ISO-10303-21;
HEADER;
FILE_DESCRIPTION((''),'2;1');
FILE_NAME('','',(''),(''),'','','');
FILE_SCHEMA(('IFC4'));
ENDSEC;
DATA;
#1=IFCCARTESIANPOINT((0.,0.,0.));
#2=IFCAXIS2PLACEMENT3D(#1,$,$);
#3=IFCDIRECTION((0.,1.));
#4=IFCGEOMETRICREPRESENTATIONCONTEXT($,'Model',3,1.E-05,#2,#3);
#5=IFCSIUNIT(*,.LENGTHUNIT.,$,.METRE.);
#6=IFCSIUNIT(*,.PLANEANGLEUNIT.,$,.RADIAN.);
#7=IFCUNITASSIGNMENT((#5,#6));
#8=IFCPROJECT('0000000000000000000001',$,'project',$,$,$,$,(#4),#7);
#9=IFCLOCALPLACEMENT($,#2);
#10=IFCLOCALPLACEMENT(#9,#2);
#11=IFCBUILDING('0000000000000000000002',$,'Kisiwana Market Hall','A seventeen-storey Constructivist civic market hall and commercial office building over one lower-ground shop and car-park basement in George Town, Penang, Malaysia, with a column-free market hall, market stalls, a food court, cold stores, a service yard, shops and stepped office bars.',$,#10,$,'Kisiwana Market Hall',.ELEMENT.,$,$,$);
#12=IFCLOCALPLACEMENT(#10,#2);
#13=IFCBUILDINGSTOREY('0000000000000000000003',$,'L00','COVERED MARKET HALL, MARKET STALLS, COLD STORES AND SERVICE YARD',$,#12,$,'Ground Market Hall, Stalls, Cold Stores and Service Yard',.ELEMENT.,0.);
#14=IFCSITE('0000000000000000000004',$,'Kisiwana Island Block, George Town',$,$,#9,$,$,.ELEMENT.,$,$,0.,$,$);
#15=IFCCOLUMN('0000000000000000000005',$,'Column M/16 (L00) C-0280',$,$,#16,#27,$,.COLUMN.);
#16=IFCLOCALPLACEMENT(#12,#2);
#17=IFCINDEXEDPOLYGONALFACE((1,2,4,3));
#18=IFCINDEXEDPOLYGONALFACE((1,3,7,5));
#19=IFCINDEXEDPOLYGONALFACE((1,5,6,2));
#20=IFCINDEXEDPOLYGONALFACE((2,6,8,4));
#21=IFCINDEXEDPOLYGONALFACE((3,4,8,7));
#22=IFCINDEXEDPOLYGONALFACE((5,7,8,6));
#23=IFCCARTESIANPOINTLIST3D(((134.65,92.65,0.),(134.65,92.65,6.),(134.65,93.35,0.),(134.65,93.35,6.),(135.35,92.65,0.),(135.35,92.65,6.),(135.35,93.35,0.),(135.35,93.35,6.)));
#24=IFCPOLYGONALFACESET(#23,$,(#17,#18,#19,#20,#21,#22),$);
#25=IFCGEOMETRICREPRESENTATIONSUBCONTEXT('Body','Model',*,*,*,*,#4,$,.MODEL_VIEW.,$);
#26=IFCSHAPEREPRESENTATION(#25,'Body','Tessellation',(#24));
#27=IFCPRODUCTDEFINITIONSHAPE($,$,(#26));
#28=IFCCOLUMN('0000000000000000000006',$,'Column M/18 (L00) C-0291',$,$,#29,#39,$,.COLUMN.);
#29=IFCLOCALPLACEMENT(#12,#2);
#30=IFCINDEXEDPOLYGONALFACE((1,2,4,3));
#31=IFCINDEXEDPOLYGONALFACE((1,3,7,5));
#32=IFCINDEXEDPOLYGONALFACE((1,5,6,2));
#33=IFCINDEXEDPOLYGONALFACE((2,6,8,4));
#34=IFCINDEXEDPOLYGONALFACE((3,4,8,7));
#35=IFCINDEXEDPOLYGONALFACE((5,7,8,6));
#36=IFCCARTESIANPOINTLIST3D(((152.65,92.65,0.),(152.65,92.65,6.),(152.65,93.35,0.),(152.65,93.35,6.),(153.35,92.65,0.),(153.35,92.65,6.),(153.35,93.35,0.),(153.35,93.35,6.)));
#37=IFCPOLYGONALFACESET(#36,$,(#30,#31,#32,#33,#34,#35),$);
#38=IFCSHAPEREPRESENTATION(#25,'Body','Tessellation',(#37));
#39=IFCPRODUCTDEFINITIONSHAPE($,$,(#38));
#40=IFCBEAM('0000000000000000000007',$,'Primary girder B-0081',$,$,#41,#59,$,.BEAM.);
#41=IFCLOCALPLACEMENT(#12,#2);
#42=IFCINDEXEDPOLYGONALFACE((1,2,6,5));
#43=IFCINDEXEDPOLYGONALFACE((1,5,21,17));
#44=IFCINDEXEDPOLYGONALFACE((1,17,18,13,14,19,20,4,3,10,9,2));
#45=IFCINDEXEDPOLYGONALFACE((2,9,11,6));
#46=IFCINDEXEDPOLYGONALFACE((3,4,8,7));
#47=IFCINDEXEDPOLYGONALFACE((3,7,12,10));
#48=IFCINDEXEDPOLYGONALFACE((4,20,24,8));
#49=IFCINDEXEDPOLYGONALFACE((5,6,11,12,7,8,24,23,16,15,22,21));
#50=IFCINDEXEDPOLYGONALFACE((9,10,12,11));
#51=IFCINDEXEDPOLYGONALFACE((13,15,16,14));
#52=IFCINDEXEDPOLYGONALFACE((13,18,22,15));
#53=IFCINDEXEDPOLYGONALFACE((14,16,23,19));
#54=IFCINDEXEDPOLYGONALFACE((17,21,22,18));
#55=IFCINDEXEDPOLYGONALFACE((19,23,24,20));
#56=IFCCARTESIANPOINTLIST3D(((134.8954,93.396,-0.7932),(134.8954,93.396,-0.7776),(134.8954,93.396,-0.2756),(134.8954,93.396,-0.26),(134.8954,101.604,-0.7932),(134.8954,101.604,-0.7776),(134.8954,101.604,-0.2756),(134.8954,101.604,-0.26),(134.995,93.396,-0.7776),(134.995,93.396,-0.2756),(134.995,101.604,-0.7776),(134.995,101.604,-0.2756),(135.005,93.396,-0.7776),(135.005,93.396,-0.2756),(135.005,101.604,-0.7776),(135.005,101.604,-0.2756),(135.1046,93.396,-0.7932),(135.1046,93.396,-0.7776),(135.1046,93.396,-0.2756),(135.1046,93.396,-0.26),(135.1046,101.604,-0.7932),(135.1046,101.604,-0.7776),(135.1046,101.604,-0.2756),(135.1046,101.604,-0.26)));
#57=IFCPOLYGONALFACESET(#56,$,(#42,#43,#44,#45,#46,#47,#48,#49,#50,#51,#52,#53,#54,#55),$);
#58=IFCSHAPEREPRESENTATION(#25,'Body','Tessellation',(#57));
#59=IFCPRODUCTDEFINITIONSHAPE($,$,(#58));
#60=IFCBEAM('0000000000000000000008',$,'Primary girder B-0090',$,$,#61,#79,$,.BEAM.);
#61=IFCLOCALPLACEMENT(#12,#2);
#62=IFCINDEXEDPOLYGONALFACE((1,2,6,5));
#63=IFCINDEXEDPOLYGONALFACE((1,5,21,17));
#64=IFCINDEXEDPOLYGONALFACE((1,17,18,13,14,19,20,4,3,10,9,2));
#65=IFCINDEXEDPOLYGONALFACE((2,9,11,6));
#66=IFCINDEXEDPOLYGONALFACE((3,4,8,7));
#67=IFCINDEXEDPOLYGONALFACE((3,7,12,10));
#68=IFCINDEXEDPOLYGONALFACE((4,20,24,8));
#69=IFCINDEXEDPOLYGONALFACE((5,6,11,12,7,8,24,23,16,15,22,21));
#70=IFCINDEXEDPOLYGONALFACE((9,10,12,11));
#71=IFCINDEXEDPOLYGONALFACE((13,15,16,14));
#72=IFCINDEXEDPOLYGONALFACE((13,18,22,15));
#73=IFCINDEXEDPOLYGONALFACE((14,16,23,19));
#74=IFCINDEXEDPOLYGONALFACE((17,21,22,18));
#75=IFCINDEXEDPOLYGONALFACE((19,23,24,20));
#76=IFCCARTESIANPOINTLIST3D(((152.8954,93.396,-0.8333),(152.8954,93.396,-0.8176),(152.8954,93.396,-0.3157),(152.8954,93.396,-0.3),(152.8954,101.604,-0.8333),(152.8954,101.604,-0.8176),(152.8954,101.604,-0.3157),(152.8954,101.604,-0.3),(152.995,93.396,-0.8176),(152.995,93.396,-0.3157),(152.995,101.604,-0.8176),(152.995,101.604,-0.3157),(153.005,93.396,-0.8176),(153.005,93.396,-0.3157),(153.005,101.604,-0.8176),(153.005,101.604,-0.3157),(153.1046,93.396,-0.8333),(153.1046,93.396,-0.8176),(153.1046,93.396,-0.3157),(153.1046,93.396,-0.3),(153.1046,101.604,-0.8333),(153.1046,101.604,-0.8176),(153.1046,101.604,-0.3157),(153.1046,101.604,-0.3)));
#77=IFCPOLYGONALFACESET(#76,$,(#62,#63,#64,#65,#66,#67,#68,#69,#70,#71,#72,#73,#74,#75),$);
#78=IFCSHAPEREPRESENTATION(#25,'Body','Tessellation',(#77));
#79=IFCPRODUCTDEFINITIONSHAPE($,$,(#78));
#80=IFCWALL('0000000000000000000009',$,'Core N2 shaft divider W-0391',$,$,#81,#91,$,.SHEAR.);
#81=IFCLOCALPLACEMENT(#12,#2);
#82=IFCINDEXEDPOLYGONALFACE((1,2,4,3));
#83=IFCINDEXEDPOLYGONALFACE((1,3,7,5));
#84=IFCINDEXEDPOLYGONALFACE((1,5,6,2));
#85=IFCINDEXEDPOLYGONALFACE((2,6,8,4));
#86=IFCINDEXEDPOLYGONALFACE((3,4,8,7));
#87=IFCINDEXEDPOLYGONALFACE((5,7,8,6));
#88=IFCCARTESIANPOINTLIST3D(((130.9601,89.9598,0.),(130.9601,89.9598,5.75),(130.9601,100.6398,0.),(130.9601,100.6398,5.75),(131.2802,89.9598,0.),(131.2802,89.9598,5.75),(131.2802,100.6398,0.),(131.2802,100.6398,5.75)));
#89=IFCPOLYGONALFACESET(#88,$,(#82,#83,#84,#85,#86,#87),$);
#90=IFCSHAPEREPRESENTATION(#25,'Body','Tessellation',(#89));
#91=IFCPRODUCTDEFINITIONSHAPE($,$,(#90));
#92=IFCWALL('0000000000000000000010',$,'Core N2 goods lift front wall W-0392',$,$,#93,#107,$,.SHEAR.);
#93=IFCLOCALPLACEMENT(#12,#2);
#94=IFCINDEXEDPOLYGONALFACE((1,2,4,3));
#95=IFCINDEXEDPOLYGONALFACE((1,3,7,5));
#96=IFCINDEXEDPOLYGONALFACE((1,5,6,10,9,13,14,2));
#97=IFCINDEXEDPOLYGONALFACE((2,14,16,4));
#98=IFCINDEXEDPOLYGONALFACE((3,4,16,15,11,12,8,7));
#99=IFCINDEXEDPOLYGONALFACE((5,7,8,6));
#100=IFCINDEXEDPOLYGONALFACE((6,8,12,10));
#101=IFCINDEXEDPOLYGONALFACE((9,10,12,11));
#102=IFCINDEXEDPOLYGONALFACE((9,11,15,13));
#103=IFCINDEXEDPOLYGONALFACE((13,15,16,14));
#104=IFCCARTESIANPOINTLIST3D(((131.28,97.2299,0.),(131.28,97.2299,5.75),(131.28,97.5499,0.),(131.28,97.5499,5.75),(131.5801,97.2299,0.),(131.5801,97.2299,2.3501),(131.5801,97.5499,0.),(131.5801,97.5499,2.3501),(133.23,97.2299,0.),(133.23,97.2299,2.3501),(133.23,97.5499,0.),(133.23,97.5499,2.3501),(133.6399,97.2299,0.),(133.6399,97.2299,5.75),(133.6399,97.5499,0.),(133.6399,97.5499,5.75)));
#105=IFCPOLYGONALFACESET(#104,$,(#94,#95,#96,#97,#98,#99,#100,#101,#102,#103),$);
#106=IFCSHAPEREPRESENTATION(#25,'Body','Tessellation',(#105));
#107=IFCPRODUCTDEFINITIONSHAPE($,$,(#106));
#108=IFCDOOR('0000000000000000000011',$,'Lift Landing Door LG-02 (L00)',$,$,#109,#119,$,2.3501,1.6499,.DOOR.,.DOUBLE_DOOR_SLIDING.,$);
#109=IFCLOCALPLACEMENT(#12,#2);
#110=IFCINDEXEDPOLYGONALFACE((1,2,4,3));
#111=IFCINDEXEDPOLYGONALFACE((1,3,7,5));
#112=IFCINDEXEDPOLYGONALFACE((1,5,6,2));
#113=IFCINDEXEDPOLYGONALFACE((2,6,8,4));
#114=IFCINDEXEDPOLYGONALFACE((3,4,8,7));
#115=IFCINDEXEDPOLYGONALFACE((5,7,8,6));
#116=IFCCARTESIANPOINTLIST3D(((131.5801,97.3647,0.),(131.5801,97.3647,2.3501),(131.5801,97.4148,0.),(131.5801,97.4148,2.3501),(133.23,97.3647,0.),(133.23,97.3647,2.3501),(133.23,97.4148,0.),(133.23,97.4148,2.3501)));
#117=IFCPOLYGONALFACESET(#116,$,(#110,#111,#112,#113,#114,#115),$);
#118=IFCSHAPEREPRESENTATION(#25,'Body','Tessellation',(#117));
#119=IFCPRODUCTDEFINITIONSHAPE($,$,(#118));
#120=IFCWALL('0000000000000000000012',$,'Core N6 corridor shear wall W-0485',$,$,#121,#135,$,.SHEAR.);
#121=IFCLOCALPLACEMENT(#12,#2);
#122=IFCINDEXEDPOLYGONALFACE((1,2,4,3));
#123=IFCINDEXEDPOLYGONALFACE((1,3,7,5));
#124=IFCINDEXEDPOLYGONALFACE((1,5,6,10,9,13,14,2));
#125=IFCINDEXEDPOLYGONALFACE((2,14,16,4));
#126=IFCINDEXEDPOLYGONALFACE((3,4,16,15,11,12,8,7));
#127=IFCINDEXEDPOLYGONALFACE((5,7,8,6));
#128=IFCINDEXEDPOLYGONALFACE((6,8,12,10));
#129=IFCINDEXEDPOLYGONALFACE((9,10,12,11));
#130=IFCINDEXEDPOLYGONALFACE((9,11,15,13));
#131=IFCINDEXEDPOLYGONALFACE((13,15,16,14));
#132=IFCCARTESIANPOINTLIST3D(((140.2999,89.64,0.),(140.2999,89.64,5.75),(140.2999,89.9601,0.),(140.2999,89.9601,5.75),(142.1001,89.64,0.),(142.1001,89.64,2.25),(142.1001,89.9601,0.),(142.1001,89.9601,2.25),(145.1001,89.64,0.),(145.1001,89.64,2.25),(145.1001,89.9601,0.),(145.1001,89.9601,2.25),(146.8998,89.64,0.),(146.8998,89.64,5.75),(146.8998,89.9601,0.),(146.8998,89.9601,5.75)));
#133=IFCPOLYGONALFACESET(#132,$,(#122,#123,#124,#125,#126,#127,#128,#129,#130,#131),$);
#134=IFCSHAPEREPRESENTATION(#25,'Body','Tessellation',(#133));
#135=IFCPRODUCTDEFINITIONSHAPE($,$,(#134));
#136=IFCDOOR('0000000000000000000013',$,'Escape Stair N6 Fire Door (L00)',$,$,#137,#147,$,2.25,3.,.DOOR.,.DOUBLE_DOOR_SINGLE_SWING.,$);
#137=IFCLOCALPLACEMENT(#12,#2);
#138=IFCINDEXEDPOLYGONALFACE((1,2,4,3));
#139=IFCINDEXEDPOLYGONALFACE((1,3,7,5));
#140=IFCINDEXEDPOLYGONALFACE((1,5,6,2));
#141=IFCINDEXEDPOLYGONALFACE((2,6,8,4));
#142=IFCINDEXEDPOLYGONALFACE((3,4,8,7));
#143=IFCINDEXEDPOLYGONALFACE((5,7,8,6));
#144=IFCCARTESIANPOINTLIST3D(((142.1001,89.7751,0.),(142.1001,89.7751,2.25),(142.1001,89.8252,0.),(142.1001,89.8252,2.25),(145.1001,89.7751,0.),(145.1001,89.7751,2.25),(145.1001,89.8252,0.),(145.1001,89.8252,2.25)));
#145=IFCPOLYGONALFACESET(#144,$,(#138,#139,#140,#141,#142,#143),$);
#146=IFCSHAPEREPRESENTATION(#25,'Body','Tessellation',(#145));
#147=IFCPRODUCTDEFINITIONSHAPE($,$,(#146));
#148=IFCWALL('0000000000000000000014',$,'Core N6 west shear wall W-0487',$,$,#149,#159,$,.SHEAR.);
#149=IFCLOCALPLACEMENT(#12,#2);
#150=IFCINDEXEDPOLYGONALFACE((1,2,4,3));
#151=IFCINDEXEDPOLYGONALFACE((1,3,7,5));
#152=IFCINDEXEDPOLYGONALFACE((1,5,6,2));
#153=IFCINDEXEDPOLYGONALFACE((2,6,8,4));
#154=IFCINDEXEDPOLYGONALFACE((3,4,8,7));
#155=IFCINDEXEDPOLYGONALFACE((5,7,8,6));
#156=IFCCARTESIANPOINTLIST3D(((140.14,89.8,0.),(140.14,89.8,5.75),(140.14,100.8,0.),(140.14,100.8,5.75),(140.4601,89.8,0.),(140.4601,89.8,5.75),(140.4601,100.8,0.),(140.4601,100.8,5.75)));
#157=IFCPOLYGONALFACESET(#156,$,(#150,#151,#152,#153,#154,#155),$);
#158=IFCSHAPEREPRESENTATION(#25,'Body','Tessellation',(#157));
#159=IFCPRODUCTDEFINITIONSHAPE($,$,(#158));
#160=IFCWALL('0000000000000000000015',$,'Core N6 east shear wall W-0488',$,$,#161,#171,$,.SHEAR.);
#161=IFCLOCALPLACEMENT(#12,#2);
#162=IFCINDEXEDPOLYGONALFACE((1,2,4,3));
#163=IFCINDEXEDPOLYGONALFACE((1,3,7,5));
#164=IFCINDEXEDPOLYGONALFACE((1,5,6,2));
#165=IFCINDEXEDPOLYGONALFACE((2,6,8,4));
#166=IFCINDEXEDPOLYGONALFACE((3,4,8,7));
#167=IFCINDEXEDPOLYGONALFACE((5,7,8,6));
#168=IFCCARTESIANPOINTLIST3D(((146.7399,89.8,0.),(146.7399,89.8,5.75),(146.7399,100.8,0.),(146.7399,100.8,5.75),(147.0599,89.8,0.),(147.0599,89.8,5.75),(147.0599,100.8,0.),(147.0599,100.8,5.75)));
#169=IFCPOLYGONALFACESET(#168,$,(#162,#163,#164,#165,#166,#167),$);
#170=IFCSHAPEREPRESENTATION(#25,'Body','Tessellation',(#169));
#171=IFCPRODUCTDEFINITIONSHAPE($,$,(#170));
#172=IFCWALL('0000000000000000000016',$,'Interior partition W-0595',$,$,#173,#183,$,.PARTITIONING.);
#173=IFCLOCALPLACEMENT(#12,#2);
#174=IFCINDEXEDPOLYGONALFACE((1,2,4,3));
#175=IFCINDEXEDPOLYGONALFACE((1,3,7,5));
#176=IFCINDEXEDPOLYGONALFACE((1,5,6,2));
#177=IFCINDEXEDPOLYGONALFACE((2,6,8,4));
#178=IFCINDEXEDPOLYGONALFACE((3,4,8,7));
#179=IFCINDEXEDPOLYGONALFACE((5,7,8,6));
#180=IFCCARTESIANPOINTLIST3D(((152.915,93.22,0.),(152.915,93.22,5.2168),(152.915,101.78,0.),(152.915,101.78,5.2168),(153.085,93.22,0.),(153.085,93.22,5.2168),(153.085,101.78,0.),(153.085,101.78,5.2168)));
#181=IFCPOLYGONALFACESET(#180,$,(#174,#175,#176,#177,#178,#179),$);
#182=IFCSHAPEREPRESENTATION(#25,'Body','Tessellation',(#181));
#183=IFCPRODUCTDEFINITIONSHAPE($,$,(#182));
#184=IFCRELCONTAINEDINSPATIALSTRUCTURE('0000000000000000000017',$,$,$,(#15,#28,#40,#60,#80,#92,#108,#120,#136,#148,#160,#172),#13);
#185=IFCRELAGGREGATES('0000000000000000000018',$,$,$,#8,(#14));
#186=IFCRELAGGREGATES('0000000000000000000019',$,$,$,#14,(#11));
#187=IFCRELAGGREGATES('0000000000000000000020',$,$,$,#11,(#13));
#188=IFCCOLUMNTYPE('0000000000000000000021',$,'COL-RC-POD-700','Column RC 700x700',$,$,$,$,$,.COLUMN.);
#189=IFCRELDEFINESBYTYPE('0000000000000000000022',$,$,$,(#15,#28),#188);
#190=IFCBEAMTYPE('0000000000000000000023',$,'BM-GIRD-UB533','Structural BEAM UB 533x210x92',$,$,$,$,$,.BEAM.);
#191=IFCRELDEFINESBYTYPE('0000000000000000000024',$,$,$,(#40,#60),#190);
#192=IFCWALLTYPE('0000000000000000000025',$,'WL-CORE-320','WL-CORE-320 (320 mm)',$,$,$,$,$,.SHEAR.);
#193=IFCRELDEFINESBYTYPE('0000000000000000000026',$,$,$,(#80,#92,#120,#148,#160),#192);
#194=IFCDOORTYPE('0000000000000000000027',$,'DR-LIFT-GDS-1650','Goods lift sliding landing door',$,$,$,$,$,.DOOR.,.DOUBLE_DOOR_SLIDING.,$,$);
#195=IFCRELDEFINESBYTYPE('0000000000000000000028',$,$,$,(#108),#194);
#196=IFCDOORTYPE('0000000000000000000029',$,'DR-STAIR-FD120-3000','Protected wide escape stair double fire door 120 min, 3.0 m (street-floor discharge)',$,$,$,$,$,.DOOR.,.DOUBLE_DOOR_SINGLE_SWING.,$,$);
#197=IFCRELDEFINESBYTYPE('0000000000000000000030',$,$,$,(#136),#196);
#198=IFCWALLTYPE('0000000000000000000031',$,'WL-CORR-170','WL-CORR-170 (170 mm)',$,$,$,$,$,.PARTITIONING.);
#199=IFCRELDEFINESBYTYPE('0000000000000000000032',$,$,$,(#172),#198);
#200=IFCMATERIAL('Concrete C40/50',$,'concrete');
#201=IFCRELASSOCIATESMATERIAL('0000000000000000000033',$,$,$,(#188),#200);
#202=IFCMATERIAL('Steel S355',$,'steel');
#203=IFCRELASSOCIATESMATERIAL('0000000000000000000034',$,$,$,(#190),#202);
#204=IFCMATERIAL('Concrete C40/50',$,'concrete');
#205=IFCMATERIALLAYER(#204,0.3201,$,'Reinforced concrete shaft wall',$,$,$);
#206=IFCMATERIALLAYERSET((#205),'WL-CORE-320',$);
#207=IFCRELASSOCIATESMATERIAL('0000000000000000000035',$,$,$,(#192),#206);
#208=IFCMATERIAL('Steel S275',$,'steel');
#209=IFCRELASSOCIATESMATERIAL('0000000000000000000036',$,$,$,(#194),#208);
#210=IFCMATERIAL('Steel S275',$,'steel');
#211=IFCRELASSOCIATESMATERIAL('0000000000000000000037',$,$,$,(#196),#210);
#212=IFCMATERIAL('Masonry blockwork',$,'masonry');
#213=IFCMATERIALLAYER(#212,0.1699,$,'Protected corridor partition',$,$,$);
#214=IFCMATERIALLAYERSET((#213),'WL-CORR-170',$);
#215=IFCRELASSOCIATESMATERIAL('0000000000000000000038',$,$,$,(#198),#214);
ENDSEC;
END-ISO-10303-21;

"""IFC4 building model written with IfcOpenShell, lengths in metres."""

from ifc_helpers import new_model, si_unit, direction, frame, frame_2d, origin, origin_2d, place, context, subcontext, project, spatial, rectangle, i_section, extrude, material, layer, layer_set, material_profile, profile_set, type_object, element, fill, save


model = new_model("IFC4")

# Units and contexts
model_context = context("Model", 3, precision=1e-05, world=origin(), true_north=direction((0.0, 1.0)))
body_context = subcontext(model_context, "Body", "Model", "MODEL_VIEW")
ifc_project = project(units=[si_unit("LENGTHUNIT", "METRE"), si_unit("PLANEANGLEUNIT", "RADIAN")], contexts=[model_context])

# Site, building, storey
site_placement = place(None, origin())
site = spatial("IfcSite", under=ifc_project, at=site_placement, Name="Kisiwana Island Block, George Town", CompositionType="ELEMENT", RefElevation=0.0)
building_placement = place(site_placement, origin())
building = spatial("IfcBuilding", under=site, at=building_placement, Name="Kisiwana Market Hall", Description="A seventeen-storey Constructivist civic market hall and commercial office building over one lower-ground shop and car-park basement in George Town, Penang, Malaysia, with a column-free market hall, market stalls, a food court, cold stores, a service yard, shops and stepped office bars.", LongName="Kisiwana Market Hall", CompositionType="ELEMENT")
storey_placement = place(building_placement, origin())
storey = spatial("IfcBuildingStorey", under=building, at=storey_placement, Name="L00", Description="COVERED MARKET HALL, MARKET STALLS, COLD STORES AND SERVICE YARD", LongName="Ground Market Hall, Stalls, Cold Stores and Service Yard", CompositionType="ELEMENT", Elevation=0.0)

# Columns
ifc_material_1 = material(Name="Concrete C40/50", Category="concrete")
ifc_material_profile_1 = material_profile(ifc_material_1, rectangle(XDim=0.7, YDim=0.7, at=origin_2d()), Name="RC 700x700")
ifc_profile_set_1 = profile_set([ifc_material_profile_1], Name="Concrete C40/50")
column_type = type_object("IfcColumnType", Name="COL-RC-POD-700", Description="Column RC 700x700", PredefinedType="COLUMN", material=ifc_profile_set_1)
for number, where, z_axis, x_axis, name in (
    (1, (135.0, 93.0, 0.0), (0.0, 0.0, 1.0), (1.0, 0.0, 0.0), "Column M/16 (L00) C-0280"),
    (2, (153.0, 93.0, 0.0), (0.0, 0.0, 1.0), (1.0, 0.0, 0.0), "Column M/18 (L00) C-0291"),
):
    element("IfcColumn", number, at=place(storey_placement, frame(where, z_axis=z_axis, x_axis=x_axis)), inside=storey, type_object=column_type, Name=name, PredefinedType="COLUMN", context=body_context, shape_type="SweptSolid", body=[
        extrude(rectangle(XDim=0.7, YDim=0.7, at=origin_2d()), origin(), (0.0, 0.0, 1.0), 6.0),
    ])

# Beams
ifc_material_2 = material(Name="Steel S355", Category="steel")
ifc_material_profile_2 = material_profile(ifc_material_2, i_section(OverallWidth=0.2092, OverallDepth=0.5332, WebThickness=0.01, FlangeThickness=0.0156, at=origin_2d()), Name="UB 533x210x92")
ifc_profile_set_2 = profile_set([ifc_material_profile_2], Name="Steel S355")
beam_type = type_object("IfcBeamType", Name="BM-GIRD-UB533", Description="Structural BEAM UB 533x210x92", PredefinedType="BEAM", material=ifc_profile_set_2)
for number, where, z_axis, x_axis, name in (
    (3, (135.0, 93.396, -0.5266), (0.0, 1.0, 0.0), (-1.0, 0.0, 0.0), "Primary girder B-0081"),
    (4, (153.0, 93.396, -0.5667), (0.0, 1.0, 0.0), (-1.0, 0.0, 0.0), "Primary girder B-0090"),
):
    element("IfcBeam", number, at=place(storey_placement, frame(where, z_axis=z_axis, x_axis=x_axis)), inside=storey, type_object=beam_type, Name=name, PredefinedType="BEAM", context=body_context, shape_type="SweptSolid", body=[
        extrude(i_section(OverallWidth=0.2092, OverallDepth=0.5332, WebThickness=0.01, FlangeThickness=0.0156, at=origin_2d()), origin(), (0.0, 0.0, 1.0), 8.208),
    ])

# Wall
ifc_material_3 = material(Name="Concrete C40/50", Category="concrete")
ifc_layer_1 = layer(ifc_material_3, 0.3201, Name="Reinforced concrete shaft wall")
ifc_layer_set_1 = layer_set([ifc_layer_1], Name="WL-CORE-320")
wall_type_1 = type_object("IfcWallType", Name="WL-CORE-320", Description="WL-CORE-320 (320 mm)", PredefinedType="SHEAR", material=ifc_layer_set_1)
wall_1_placement = place(storey_placement, frame((131.1201, 89.96, 0.0), z_axis=(0.0, 0.0, 1.0), x_axis=(0.0, 1.0, 0.0)))
element("IfcWall", 5, at=wall_1_placement, inside=storey, type_object=wall_type_1, Name="Core N2 shaft divider W-0391", PredefinedType="SHEAR", context=body_context, shape_type="SweptSolid", body=[
    extrude(rectangle(XDim=10.6799, YDim=0.3201, at=frame_2d((5.3398, 0.0))), origin(), (0.0, 0.0, 1.0), 5.75),
])

# Walls, openings, doors
wall_2_placement = place(storey_placement, frame((131.28, 97.3899, 0.0), z_axis=(0.0, 0.0, 1.0), x_axis=(1.0, 0.0, 0.0)))
wall_2 = element("IfcWall", 6, at=wall_2_placement, inside=storey, type_object=wall_type_1, Name="Core N2 goods lift front wall W-0392", PredefinedType="SHEAR", context=body_context, shape_type="SweptSolid", body=[
    extrude(rectangle(XDim=2.3599, YDim=0.3201, at=frame_2d((1.1799, 0.0))), origin(), (0.0, 0.0, 1.0), 5.75),
])
opening_1_placement = place(wall_2_placement, frame((0.3, 0.0, 0.0)))
opening_1 = element("IfcOpeningElement", 7, at=opening_1_placement, cuts=wall_2, PredefinedType="OPENING", context=body_context, shape_type="SweptSolid", body=[
    extrude(rectangle(XDim=1.6499, YDim=2.3501, at=frame_2d((0.825, 1.175))), frame((0.0, 0.1719, 0.0), z_axis=(0.0, -1.0, 0.0), x_axis=(1.0, 0.0, 0.0)), (0.0, 0.0, 1.0), 0.344),
])
ifc_material_4 = material(Name="Steel S275", Category="steel")
door_type_1 = type_object("IfcDoorType", Name="DR-LIFT-GDS-1650", Description="Goods lift sliding landing door", OperationType="DOUBLE_DOOR_SLIDING", PredefinedType="DOOR", material=ifc_material_4)
door_1_placement = place(opening_1_placement, origin())
door_1 = element("IfcDoor", 8, at=door_1_placement, inside=storey, type_object=door_type_1, Name="Lift Landing Door LG-02 (L00)", OperationType="DOUBLE_DOOR_SLIDING", OverallHeight=2.3501, OverallWidth=1.6499, PredefinedType="DOOR", context=body_context, shape_type="SweptSolid", body=[
    extrude(rectangle(XDim=1.6499, YDim=2.3501, at=frame_2d((0.825, 1.175))), frame((0.0, 0.0249, 0.0), z_axis=(0.0, -1.0, 0.0), x_axis=(1.0, 0.0, 0.0)), (0.0, 0.0, 1.0), 0.05),
])
fill(opening_1, door_1)
wall_3_placement = place(storey_placement, frame((140.3, 89.8, 0.0), z_axis=(0.0, 0.0, 1.0), x_axis=(1.0, 0.0, 0.0)))
wall_3 = element("IfcWall", 9, at=wall_3_placement, inside=storey, type_object=wall_type_1, Name="Core N6 corridor shear wall W-0485", PredefinedType="SHEAR", context=body_context, shape_type="SweptSolid", body=[
    extrude(rectangle(XDim=6.5999, YDim=0.3201, at=frame_2d((3.2998, 0.0))), origin(), (0.0, 0.0, 1.0), 5.75),
])
opening_2_placement = place(wall_3_placement, frame((1.8, 0.0, 0.0)))
opening_2 = element("IfcOpeningElement", 10, at=opening_2_placement, cuts=wall_3, PredefinedType="OPENING", context=body_context, shape_type="SweptSolid", body=[
    extrude(rectangle(XDim=3.0, YDim=2.25, at=frame_2d((1.5, 1.125))), frame((0.0, 0.1719, 0.0), z_axis=(0.0, -1.0, 0.0), x_axis=(1.0, 0.0, 0.0)), (0.0, 0.0, 1.0), 0.344),
])
ifc_material_5 = material(Name="Steel S275", Category="steel")
door_type_2 = type_object("IfcDoorType", Name="DR-STAIR-FD120-3000", Description="Protected wide escape stair double fire door 120 min, 3.0 m (street-floor discharge)", OperationType="DOUBLE_DOOR_SINGLE_SWING", PredefinedType="DOOR", material=ifc_material_5)
door_2_placement = place(opening_2_placement, frame((3.0, 0.0, 0.0), z_axis=(0.0, 0.0, 1.0), x_axis=(-1.0, 0.0, 0.0)))
door_2 = element("IfcDoor", 11, at=door_2_placement, inside=storey, type_object=door_type_2, Name="Escape Stair N6 Fire Door (L00)", OperationType="DOUBLE_DOOR_SINGLE_SWING", OverallHeight=2.25, OverallWidth=3.0, PredefinedType="DOOR", context=body_context, shape_type="SweptSolid", body=[
    extrude(rectangle(XDim=3.0, YDim=2.25, at=frame_2d((1.5, 1.125))), frame((0.0, 0.0249, 0.0), z_axis=(0.0, -1.0, 0.0), x_axis=(1.0, 0.0, 0.0)), (0.0, 0.0, 1.0), 0.05),
])
fill(opening_2, door_2)

# Walls
for number, where, z_axis, x_axis, name in (
    (12, (140.3, 89.8, 0.0), (0.0, 0.0, 1.0), (0.0, 1.0, 0.0), "Core N6 west shear wall W-0487"),
    (13, (146.8999, 89.8, 0.0), (0.0, 0.0, 1.0), (0.0, 1.0, 0.0), "Core N6 east shear wall W-0488"),
):
    element("IfcWall", number, at=place(storey_placement, frame(where, z_axis=z_axis, x_axis=x_axis)), inside=storey, type_object=wall_type_1, Name=name, PredefinedType="SHEAR", context=body_context, shape_type="SweptSolid", body=[
        extrude(rectangle(XDim=11.0, YDim=0.3201, at=frame_2d((5.5, 0.0))), origin(), (0.0, 0.0, 1.0), 5.75),
    ])
ifc_material_6 = material(Name="Masonry blockwork", Category="masonry")
ifc_layer_2 = layer(ifc_material_6, 0.1699, Name="Protected corridor partition")
ifc_layer_set_2 = layer_set([ifc_layer_2], Name="WL-CORR-170")
wall_type_2 = type_object("IfcWallType", Name="WL-CORR-170", Description="WL-CORR-170 (170 mm)", PredefinedType="PARTITIONING", material=ifc_layer_set_2)
wall_4_placement = place(storey_placement, frame((153.0, 93.22, 0.0), z_axis=(0.0, 0.0, 1.0), x_axis=(0.0, 1.0, 0.0)))
element("IfcWall", 14, at=wall_4_placement, inside=storey, type_object=wall_type_2, Name="Interior partition W-0595", PredefinedType="PARTITIONING", context=body_context, shape_type="SweptSolid", body=[
    extrude(rectangle(XDim=8.5601, YDim=0.1699, at=frame_2d((4.28, 0.0))), origin(), (0.0, 0.0, 1.0), 5.2168),
])

save(model, "model.ifc")
